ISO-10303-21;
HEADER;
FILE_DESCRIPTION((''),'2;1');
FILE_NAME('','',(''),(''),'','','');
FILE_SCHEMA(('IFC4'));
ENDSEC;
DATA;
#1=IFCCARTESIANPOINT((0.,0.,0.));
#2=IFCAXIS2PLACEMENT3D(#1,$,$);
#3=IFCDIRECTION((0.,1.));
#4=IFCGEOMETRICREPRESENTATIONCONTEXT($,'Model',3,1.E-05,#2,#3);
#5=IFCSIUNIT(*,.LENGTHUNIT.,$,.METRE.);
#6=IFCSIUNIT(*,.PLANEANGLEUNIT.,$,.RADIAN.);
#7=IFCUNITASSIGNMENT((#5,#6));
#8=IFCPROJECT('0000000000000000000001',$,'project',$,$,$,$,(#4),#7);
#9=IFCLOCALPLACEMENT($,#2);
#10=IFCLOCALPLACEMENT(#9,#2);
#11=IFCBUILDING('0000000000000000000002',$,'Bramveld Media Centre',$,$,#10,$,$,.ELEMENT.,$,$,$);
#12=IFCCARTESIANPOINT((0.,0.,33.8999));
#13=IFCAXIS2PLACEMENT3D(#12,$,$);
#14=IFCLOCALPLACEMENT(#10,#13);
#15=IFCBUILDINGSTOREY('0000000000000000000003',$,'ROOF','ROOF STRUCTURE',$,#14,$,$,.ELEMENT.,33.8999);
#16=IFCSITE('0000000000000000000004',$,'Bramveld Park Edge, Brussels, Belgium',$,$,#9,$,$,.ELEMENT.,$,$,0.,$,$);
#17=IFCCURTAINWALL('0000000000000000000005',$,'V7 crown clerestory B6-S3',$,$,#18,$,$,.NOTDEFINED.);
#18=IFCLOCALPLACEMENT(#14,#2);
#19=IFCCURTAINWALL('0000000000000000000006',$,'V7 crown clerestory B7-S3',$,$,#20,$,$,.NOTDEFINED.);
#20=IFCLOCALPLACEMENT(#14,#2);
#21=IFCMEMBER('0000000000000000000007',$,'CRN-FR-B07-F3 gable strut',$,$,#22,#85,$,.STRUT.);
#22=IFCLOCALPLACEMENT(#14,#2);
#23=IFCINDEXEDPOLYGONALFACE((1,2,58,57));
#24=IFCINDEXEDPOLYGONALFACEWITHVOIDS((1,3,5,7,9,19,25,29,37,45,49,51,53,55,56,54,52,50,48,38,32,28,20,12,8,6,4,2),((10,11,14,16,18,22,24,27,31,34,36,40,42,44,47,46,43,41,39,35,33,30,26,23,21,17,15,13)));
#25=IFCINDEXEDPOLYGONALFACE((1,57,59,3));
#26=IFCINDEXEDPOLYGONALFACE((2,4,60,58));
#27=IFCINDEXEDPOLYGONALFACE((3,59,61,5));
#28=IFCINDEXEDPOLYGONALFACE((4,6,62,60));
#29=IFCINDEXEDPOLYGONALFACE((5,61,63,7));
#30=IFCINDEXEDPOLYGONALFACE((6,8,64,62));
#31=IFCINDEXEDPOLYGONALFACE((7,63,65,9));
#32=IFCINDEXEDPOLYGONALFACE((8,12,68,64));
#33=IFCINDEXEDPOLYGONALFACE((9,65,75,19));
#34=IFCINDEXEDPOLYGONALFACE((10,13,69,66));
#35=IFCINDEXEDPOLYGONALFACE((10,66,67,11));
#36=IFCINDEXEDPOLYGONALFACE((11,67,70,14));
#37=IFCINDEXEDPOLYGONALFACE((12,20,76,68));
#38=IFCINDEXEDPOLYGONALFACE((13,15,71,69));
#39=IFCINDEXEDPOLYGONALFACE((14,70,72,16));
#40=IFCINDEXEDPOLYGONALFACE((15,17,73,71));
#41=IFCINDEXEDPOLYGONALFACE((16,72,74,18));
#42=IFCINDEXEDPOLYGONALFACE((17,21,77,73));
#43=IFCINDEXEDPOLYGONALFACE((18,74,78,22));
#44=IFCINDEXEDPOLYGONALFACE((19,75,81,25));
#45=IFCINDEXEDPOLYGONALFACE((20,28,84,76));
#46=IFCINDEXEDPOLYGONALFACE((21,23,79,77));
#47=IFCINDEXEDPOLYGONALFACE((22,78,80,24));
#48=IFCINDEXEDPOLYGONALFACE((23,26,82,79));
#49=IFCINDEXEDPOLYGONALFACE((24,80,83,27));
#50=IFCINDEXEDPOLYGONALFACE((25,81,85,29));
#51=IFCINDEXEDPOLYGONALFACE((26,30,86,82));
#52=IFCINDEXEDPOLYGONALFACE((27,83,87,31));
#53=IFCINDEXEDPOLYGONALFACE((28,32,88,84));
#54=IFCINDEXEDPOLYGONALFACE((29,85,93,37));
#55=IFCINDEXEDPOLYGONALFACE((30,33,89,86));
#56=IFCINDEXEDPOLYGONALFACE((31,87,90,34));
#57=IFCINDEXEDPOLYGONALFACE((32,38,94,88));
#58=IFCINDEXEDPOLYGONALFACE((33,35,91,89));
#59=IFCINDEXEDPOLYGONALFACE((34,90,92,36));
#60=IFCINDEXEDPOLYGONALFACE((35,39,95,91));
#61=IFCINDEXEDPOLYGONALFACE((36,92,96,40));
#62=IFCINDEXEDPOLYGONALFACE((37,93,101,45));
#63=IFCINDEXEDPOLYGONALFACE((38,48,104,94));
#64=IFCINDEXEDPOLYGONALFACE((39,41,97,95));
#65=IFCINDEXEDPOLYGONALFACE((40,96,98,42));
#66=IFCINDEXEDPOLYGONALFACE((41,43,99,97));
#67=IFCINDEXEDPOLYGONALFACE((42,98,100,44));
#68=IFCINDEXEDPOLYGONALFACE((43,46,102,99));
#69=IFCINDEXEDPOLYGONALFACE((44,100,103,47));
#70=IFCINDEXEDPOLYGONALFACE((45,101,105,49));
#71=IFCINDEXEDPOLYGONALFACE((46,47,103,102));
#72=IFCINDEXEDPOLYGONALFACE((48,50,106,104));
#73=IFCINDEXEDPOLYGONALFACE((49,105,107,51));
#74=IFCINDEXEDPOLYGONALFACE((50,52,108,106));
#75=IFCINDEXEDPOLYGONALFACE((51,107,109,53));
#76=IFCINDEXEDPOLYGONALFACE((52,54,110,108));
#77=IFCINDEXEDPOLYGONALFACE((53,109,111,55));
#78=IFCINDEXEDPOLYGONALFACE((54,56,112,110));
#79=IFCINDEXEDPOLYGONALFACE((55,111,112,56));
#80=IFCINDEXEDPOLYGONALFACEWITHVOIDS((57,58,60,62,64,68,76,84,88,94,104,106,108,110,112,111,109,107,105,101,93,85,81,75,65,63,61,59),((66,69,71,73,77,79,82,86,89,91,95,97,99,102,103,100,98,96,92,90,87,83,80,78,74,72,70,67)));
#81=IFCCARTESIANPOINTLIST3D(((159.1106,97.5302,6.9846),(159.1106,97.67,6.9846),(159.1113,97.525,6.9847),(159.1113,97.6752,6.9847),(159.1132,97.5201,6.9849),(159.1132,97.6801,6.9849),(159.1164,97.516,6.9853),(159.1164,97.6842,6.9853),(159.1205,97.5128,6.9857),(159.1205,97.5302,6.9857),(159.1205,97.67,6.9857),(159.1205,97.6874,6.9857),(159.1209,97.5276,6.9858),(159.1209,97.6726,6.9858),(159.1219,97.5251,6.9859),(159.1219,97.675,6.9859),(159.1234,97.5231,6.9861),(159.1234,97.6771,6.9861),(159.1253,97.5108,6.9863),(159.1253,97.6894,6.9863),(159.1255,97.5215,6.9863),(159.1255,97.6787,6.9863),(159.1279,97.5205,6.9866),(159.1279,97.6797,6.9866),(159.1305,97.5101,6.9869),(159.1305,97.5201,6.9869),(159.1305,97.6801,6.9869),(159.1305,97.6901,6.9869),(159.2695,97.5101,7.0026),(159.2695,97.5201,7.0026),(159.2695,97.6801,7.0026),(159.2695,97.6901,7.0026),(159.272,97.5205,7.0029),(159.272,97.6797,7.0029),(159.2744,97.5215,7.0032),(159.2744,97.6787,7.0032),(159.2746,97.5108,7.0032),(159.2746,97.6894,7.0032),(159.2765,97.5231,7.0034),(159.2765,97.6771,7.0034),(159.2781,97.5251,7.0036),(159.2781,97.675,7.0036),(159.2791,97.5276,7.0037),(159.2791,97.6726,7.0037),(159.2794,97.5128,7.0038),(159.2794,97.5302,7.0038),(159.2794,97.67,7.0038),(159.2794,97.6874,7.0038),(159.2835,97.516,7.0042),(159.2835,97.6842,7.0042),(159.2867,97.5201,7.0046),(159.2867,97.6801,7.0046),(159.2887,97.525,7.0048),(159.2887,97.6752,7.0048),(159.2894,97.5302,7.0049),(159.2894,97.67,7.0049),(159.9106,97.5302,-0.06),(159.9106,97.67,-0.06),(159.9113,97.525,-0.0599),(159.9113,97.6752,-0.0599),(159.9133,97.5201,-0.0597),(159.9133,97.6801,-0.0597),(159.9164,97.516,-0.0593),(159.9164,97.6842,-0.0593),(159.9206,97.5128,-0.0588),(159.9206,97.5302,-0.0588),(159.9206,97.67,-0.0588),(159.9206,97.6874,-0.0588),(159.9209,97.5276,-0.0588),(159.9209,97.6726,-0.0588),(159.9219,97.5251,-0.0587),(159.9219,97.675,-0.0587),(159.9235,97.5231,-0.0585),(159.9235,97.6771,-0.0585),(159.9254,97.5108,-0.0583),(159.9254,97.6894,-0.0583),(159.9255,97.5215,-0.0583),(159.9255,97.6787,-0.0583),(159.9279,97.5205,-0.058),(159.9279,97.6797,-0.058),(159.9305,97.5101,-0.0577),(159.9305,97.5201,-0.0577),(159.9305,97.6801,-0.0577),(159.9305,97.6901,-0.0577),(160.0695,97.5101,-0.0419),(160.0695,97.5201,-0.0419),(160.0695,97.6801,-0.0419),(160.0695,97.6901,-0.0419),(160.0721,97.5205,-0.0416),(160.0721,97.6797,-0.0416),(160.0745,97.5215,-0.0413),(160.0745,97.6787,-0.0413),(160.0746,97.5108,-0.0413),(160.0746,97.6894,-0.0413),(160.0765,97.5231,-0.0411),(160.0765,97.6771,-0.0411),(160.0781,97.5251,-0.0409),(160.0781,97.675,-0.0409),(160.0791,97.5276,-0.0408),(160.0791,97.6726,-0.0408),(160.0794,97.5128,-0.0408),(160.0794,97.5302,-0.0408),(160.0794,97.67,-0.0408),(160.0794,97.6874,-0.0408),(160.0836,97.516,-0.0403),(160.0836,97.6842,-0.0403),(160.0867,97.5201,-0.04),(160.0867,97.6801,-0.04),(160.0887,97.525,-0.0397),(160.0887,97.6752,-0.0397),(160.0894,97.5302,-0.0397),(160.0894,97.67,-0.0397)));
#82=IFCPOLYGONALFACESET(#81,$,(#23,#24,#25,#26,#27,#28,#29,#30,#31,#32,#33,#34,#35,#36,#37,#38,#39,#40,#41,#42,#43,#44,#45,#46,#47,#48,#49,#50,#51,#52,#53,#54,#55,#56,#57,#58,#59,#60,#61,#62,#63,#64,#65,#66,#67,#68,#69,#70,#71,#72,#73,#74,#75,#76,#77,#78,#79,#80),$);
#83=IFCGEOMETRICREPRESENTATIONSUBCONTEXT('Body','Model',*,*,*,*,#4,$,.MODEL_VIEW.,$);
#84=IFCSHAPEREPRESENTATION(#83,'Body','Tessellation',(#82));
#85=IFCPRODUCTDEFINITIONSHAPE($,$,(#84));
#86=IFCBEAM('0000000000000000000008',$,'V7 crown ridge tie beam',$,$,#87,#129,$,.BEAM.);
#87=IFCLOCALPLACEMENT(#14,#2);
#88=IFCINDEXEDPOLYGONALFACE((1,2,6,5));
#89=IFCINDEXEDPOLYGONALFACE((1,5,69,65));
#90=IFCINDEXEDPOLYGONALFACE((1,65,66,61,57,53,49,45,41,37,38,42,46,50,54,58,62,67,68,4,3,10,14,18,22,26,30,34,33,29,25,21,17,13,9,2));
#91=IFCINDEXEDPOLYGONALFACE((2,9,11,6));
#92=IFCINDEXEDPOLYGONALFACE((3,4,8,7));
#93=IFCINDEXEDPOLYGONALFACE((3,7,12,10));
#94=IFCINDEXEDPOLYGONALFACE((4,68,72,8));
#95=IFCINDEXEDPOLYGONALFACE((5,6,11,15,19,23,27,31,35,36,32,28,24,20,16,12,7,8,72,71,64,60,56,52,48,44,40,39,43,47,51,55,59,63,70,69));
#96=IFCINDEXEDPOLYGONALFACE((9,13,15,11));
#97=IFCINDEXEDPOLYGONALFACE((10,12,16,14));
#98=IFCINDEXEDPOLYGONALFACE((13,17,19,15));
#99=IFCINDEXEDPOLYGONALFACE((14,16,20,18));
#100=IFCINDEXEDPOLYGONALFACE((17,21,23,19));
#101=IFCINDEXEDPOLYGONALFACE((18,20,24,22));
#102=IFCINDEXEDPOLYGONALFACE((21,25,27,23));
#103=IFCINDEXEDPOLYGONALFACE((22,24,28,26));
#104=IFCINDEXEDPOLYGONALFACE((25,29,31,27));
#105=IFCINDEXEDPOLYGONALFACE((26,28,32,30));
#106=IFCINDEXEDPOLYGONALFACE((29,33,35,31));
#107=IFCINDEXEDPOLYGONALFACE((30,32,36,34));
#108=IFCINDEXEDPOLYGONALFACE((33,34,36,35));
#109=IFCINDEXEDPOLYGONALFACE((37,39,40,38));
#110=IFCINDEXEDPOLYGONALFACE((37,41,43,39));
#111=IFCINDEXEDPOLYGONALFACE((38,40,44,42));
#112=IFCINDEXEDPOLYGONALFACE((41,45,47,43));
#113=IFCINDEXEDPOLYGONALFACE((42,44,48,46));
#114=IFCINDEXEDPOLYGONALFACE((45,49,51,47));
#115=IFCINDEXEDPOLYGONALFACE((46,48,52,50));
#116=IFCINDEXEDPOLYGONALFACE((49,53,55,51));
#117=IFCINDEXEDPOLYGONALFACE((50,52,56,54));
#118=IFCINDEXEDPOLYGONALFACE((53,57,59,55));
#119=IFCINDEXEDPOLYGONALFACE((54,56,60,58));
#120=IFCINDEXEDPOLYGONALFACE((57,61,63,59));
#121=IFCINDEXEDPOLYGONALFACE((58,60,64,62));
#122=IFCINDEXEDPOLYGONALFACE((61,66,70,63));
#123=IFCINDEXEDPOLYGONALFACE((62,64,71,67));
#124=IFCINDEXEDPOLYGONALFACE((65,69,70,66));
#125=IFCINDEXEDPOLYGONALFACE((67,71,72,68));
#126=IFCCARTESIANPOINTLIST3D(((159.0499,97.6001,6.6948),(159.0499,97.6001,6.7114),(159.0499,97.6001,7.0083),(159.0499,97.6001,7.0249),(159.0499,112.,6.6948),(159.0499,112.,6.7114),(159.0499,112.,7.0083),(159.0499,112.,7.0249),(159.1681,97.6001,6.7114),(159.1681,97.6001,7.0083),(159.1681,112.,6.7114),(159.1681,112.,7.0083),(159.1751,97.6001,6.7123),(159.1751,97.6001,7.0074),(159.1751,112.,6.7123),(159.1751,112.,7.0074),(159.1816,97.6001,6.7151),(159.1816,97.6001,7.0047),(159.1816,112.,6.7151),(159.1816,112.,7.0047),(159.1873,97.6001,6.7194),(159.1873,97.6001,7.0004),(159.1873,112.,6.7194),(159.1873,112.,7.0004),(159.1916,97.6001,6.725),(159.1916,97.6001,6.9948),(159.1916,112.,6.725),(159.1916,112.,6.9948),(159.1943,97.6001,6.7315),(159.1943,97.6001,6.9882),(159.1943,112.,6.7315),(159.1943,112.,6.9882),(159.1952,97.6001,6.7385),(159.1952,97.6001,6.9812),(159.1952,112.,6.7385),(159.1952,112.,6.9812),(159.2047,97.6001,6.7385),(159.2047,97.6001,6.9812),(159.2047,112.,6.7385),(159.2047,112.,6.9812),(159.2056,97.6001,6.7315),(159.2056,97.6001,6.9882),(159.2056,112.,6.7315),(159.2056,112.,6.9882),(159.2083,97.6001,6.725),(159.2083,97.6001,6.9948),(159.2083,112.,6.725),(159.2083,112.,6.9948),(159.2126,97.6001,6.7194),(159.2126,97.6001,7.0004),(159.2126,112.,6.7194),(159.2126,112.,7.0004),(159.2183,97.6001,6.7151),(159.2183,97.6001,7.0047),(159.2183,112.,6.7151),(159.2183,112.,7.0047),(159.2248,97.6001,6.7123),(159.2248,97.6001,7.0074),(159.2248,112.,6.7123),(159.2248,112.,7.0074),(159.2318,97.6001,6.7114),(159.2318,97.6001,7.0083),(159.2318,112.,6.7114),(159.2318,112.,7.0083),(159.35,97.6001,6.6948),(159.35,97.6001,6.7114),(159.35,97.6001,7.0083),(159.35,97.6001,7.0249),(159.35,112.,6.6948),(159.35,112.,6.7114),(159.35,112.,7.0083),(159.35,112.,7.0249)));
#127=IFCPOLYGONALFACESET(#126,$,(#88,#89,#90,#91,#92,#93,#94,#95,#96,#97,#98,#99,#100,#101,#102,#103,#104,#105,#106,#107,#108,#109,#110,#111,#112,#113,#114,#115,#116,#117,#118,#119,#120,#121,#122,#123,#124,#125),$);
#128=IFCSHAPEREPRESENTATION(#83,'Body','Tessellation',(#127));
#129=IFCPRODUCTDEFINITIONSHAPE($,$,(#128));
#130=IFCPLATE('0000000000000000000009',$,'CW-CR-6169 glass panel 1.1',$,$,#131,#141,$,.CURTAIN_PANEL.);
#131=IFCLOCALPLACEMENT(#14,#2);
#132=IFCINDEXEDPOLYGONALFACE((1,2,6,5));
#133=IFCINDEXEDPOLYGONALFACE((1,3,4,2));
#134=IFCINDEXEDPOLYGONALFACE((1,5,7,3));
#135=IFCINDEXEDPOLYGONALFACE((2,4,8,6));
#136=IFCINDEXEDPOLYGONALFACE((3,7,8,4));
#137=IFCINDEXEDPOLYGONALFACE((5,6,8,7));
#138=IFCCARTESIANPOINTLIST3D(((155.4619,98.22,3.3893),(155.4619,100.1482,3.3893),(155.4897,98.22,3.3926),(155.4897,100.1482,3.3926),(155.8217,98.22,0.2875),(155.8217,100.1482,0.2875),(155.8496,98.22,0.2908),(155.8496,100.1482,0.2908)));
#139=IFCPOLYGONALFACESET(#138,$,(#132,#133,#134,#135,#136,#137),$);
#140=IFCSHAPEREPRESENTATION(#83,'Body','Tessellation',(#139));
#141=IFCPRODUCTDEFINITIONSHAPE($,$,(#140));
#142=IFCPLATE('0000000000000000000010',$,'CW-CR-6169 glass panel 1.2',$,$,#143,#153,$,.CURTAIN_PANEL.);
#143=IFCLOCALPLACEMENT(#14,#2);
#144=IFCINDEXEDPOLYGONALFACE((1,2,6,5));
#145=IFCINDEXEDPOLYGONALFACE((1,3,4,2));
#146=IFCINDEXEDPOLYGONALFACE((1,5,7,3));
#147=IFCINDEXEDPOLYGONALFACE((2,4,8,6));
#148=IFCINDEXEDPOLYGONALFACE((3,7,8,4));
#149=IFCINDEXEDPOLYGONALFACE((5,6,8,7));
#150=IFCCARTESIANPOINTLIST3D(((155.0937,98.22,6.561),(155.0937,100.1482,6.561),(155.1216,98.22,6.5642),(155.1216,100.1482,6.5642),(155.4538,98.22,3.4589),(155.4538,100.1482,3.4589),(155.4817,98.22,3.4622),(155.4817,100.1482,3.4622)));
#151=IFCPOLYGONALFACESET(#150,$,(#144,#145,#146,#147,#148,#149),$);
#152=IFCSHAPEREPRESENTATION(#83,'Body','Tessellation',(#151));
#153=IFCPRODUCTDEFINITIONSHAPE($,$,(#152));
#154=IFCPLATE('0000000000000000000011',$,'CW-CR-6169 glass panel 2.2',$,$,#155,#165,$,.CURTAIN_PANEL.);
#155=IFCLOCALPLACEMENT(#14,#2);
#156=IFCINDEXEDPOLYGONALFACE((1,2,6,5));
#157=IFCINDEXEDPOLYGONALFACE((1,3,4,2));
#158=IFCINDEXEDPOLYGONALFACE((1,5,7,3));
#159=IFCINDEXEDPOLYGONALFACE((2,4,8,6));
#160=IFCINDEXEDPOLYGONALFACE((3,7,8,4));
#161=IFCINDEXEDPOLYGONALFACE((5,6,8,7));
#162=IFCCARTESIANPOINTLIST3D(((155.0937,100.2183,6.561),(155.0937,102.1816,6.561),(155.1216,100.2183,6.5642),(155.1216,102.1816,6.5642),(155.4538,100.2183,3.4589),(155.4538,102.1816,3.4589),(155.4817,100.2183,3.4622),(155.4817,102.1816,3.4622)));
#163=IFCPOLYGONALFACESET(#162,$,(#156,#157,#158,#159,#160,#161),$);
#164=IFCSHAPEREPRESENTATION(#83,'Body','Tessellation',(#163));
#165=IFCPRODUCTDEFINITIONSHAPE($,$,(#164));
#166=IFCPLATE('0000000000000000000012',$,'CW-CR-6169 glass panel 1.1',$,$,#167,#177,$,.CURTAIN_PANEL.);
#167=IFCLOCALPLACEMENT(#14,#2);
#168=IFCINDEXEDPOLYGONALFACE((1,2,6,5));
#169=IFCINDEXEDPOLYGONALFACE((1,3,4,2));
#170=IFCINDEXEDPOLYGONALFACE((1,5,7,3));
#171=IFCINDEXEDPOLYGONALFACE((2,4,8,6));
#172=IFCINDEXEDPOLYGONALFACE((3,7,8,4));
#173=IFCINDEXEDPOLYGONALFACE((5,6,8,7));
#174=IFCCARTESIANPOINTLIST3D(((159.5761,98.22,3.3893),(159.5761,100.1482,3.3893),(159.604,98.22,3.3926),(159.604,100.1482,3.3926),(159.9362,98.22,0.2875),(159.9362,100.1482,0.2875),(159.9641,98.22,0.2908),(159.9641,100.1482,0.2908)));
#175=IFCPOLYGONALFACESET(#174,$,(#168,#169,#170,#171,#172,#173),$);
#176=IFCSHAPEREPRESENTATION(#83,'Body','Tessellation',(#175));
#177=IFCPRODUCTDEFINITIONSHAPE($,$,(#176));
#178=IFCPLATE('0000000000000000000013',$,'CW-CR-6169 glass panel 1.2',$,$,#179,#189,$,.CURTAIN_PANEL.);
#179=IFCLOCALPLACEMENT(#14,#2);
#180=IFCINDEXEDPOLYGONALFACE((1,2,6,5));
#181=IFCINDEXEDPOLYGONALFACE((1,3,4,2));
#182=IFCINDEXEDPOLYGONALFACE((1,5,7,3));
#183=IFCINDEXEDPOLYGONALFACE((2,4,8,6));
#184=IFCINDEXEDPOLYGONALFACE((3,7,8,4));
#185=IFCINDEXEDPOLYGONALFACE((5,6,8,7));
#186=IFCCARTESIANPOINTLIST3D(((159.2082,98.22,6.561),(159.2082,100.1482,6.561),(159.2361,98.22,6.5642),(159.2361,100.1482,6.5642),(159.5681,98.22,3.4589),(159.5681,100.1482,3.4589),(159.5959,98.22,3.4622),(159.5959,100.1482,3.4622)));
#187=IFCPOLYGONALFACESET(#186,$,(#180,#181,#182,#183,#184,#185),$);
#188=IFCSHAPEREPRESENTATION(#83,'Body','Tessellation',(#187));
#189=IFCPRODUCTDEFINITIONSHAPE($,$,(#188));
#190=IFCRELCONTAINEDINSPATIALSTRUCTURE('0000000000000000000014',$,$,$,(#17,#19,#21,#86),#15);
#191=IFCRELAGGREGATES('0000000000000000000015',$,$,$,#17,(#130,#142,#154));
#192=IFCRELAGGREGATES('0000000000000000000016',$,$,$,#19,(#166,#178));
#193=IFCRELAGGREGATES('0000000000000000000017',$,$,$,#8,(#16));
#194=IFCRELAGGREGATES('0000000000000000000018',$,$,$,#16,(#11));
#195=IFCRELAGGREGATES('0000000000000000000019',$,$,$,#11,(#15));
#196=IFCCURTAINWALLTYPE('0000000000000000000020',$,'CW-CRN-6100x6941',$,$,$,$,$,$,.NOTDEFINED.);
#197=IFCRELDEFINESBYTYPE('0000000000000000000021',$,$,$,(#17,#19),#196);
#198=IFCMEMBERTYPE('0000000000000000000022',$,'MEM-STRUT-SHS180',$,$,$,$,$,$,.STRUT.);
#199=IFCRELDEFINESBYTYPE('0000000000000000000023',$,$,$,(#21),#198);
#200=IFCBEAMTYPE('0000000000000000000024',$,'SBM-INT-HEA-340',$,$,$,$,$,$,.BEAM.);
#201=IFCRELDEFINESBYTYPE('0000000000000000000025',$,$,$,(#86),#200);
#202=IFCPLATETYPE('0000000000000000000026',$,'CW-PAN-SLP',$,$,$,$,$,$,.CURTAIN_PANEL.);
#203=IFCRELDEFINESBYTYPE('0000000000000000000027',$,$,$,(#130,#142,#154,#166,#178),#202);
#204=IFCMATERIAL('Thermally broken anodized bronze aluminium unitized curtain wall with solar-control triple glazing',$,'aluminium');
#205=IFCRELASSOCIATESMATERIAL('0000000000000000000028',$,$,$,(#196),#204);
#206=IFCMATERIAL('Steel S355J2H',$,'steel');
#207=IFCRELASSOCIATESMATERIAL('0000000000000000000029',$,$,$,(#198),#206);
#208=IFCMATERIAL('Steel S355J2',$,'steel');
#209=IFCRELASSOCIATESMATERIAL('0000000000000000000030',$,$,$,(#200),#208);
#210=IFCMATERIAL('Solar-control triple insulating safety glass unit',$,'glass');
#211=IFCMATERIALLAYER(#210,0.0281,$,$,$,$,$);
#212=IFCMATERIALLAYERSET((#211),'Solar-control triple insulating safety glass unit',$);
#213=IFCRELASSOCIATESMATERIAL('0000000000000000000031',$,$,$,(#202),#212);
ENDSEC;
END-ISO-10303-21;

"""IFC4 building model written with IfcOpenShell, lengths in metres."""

from ifc_helpers import new_model, si_unit, direction, frame, origin, origin_2d, place, context, subcontext, project, spatial, polyline, hollow_rectangle, i_section, outline, extrude, material, layer, layer_set, material_profile, profile_set, type_object, element, aggregate, save


model = new_model("IFC4")

# Units and contexts
model_context = context("Model", 3, precision=1e-05, world=origin(), true_north=direction((0.0, 1.0)))
body_context = subcontext(model_context, "Body", "Model", "MODEL_VIEW")
ifc_project = project(units=[si_unit("LENGTHUNIT", "METRE"), si_unit("PLANEANGLEUNIT", "RADIAN")], contexts=[model_context])

# Site, building, storey
site_placement = place(None, origin())
site = spatial("IfcSite", under=ifc_project, at=site_placement, Name="Bramveld Park Edge, Brussels, Belgium", CompositionType="ELEMENT", RefElevation=0.0)
building_placement = place(site_placement, origin())
building = spatial("IfcBuilding", under=site, at=building_placement, Name="Bramveld Media Centre", CompositionType="ELEMENT")
storey_placement = place(building_placement, frame((0.0, 0.0, 33.8999)))
storey = spatial("IfcBuildingStorey", under=building, at=storey_placement, Name="ROOF", Description="ROOF STRUCTURE", CompositionType="ELEMENT", Elevation=33.8999)

# Curtain walls
ifc_material_1 = material(Name="Thermally broken anodized bronze aluminium unitized curtain wall with solar-control triple glazing", Category="aluminium")
curtain_wall_type = type_object("IfcCurtainWallType", Name="CW-CRN-6100x6941", PredefinedType="NOTDEFINED", material=ifc_material_1)
curtain_wall_1_placement = place(storey_placement, origin())
curtain_wall_1 = element("IfcCurtainWall", 1, at=curtain_wall_1_placement, inside=storey, type_object=curtain_wall_type, Name="V7 crown clerestory B6-S3", PredefinedType="NOTDEFINED")
curtain_wall_2_placement = place(storey_placement, origin())
curtain_wall_2 = element("IfcCurtainWall", 2, at=curtain_wall_2_placement, inside=storey, type_object=curtain_wall_type, Name="V7 crown clerestory B7-S3", PredefinedType="NOTDEFINED")

# Member
ifc_material_2 = material(Name="Steel S355J2H", Category="steel")
ifc_material_profile_1 = material_profile(ifc_material_2, hollow_rectangle(XDim=0.1799, YDim=0.1799, WallThickness=0.01, InnerFilletRadius=0.01, OuterFilletRadius=0.02, at=origin_2d()), Name="SHS 180x180x10")
ifc_profile_set_1 = profile_set([ifc_material_profile_1], Name="Steel S355J2H")
member_type_1 = type_object("IfcMemberType", Name="MEM-STRUT-SHS180", PredefinedType="STRUT", material=ifc_profile_set_1)
for number, where, z_axis, x_axis, name in (
    (3, (160.0, 97.6001, -0.0498), (-0.112842, 0.0, 0.993613), (0.0, -1.0, 0.0), "CRN-FR-B07-F3 gable strut"),
):
    element("IfcMember", number, at=place(storey_placement, frame(where, z_axis=z_axis, x_axis=x_axis)), inside=storey, type_object=member_type_1, Name=name, PredefinedType="STRUT", context=body_context, shape_type="SweptSolid", body=[
        extrude(hollow_rectangle(XDim=0.1799, YDim=0.1799, WallThickness=0.01, InnerFilletRadius=0.01, OuterFilletRadius=0.02, at=origin_2d()), origin(), (0.0, 0.0, 1.0), 7.0898),
    ])

# Beam
ifc_material_3 = material(Name="Steel S355J2", Category="steel")
ifc_material_profile_2 = material_profile(ifc_material_3, i_section(OverallWidth=0.3, OverallDepth=0.3301, WebThickness=0.0095, FlangeThickness=0.0166, FilletRadius=0.0271, at=origin_2d()), Name="HEA 340")
ifc_profile_set_2 = profile_set([ifc_material_profile_2], Name="Steel S355J2")
beam_type = type_object("IfcBeamType", Name="SBM-INT-HEA-340", PredefinedType="BEAM", material=ifc_profile_set_2)
beam_placement = place(storey_placement, frame((159.2, 97.6001, 6.8599), z_axis=(0.0, 1.0, 0.0), x_axis=(-1.0, 0.0, 0.0)))
element("IfcBeam", 4, at=beam_placement, inside=storey, type_object=beam_type, Name="V7 crown ridge tie beam", PredefinedType="BEAM", context=body_context, shape_type="SweptSolid", body=[
    extrude(i_section(OverallWidth=0.3, OverallDepth=0.3301, WebThickness=0.0095, FlangeThickness=0.0166, FilletRadius=0.0271, at=origin_2d()), origin(), (0.0, 0.0, 1.0), 14.3999),
])

# Plates
ifc_material_4 = material(Name="Solar-control triple insulating safety glass unit", Category="glass")
ifc_layer_1 = layer(ifc_material_4, 0.0281)
ifc_layer_set_1 = layer_set([ifc_layer_1], Name="Solar-control triple insulating safety glass unit")
plate_type_1 = type_object("IfcPlateType", Name="CW-PAN-SLP", PredefinedType="CURTAIN_PANEL", material=ifc_layer_set_1)
plate_1_placement = place(storey_placement, frame((155.8496, 98.22, 0.2908), z_axis=(0.993337, 0.0, 0.115244), x_axis=(0.0, 1.0, 0.0)))
plate_1 = element("IfcPlate", 5, at=plate_1_placement, type_object=plate_type_1, Name="CW-CR-6169 glass panel 1.1", PredefinedType="CURTAIN_PANEL", context=body_context, shape_type="SweptSolid", body=[
    extrude(outline(polyline([(0.0, 0.0), (1.9282, 0.0), (1.9282, 3.1226), (0.0, 3.1226), (0.0, 0.0)])), origin(), (0.0, 0.0, -1.0), 0.0281),
])
plate_2_placement = place(storey_placement, frame((155.4817, 98.22, 3.4622), z_axis=(0.993329, 0.0, 0.115313), x_axis=(0.0, 1.0, 0.0)))
plate_2 = element("IfcPlate", 6, at=plate_2_placement, type_object=plate_type_1, Name="CW-CR-6169 glass panel 1.2", PredefinedType="CURTAIN_PANEL", context=body_context, shape_type="SweptSolid", body=[
    extrude(outline(polyline([(0.0, 0.0), (1.9282, 0.0), (1.9282, 3.1229), (0.0, 3.1229), (0.0, 0.0)])), origin(), (0.0, 0.0, -1.0), 0.0281),
])
plate_3_placement = place(storey_placement, frame((155.4817, 100.2183, 3.4622), z_axis=(0.993329, 0.0, 0.115313), x_axis=(0.0, 1.0, 0.0)))
plate_3 = element("IfcPlate", 7, at=plate_3_placement, type_object=plate_type_1, Name="CW-CR-6169 glass panel 2.2", PredefinedType="CURTAIN_PANEL", context=body_context, shape_type="SweptSolid", body=[
    extrude(outline(polyline([(0.0, 0.0), (1.9634, 0.0), (1.9634, 3.1229), (0.0, 3.1229), (0.0, 0.0)])), origin(), (0.0, 0.0, -1.0), 0.0281),
])
aggregate(curtain_wall_1, [plate_1, plate_2, plate_3])
plate_4_placement = place(storey_placement, frame((159.9641, 98.22, 0.2908), z_axis=(0.993328, 0.0, 0.115321), x_axis=(0.0, 1.0, 0.0)))
plate_4 = element("IfcPlate", 8, at=plate_4_placement, type_object=plate_type_1, Name="CW-CR-6169 glass panel 1.1", PredefinedType="CURTAIN_PANEL", context=body_context, shape_type="SweptSolid", body=[
    extrude(outline(polyline([(0.0, 0.0), (1.9282, 0.0), (1.9282, 3.1226), (0.0, 3.1226), (0.0, 0.0)])), origin(), (0.0, 0.0, -1.0), 0.0281),
])
plate_5_placement = place(storey_placement, frame((159.5959, 98.22, 3.4622), z_axis=(0.993338, 0.0, 0.115235), x_axis=(0.0, 1.0, 0.0)))
plate_5 = element("IfcPlate", 9, at=plate_5_placement, type_object=plate_type_1, Name="CW-CR-6169 glass panel 1.2", PredefinedType="CURTAIN_PANEL", context=body_context, shape_type="SweptSolid", body=[
    extrude(outline(polyline([(0.0, 0.0), (1.9282, 0.0), (1.9282, 3.1229), (0.0, 3.1229), (0.0, 0.0)])), origin(), (0.0, 0.0, -1.0), 0.0281),
])
aggregate(curtain_wall_2, [plate_4, plate_5])

save(model, "model.ifc")
